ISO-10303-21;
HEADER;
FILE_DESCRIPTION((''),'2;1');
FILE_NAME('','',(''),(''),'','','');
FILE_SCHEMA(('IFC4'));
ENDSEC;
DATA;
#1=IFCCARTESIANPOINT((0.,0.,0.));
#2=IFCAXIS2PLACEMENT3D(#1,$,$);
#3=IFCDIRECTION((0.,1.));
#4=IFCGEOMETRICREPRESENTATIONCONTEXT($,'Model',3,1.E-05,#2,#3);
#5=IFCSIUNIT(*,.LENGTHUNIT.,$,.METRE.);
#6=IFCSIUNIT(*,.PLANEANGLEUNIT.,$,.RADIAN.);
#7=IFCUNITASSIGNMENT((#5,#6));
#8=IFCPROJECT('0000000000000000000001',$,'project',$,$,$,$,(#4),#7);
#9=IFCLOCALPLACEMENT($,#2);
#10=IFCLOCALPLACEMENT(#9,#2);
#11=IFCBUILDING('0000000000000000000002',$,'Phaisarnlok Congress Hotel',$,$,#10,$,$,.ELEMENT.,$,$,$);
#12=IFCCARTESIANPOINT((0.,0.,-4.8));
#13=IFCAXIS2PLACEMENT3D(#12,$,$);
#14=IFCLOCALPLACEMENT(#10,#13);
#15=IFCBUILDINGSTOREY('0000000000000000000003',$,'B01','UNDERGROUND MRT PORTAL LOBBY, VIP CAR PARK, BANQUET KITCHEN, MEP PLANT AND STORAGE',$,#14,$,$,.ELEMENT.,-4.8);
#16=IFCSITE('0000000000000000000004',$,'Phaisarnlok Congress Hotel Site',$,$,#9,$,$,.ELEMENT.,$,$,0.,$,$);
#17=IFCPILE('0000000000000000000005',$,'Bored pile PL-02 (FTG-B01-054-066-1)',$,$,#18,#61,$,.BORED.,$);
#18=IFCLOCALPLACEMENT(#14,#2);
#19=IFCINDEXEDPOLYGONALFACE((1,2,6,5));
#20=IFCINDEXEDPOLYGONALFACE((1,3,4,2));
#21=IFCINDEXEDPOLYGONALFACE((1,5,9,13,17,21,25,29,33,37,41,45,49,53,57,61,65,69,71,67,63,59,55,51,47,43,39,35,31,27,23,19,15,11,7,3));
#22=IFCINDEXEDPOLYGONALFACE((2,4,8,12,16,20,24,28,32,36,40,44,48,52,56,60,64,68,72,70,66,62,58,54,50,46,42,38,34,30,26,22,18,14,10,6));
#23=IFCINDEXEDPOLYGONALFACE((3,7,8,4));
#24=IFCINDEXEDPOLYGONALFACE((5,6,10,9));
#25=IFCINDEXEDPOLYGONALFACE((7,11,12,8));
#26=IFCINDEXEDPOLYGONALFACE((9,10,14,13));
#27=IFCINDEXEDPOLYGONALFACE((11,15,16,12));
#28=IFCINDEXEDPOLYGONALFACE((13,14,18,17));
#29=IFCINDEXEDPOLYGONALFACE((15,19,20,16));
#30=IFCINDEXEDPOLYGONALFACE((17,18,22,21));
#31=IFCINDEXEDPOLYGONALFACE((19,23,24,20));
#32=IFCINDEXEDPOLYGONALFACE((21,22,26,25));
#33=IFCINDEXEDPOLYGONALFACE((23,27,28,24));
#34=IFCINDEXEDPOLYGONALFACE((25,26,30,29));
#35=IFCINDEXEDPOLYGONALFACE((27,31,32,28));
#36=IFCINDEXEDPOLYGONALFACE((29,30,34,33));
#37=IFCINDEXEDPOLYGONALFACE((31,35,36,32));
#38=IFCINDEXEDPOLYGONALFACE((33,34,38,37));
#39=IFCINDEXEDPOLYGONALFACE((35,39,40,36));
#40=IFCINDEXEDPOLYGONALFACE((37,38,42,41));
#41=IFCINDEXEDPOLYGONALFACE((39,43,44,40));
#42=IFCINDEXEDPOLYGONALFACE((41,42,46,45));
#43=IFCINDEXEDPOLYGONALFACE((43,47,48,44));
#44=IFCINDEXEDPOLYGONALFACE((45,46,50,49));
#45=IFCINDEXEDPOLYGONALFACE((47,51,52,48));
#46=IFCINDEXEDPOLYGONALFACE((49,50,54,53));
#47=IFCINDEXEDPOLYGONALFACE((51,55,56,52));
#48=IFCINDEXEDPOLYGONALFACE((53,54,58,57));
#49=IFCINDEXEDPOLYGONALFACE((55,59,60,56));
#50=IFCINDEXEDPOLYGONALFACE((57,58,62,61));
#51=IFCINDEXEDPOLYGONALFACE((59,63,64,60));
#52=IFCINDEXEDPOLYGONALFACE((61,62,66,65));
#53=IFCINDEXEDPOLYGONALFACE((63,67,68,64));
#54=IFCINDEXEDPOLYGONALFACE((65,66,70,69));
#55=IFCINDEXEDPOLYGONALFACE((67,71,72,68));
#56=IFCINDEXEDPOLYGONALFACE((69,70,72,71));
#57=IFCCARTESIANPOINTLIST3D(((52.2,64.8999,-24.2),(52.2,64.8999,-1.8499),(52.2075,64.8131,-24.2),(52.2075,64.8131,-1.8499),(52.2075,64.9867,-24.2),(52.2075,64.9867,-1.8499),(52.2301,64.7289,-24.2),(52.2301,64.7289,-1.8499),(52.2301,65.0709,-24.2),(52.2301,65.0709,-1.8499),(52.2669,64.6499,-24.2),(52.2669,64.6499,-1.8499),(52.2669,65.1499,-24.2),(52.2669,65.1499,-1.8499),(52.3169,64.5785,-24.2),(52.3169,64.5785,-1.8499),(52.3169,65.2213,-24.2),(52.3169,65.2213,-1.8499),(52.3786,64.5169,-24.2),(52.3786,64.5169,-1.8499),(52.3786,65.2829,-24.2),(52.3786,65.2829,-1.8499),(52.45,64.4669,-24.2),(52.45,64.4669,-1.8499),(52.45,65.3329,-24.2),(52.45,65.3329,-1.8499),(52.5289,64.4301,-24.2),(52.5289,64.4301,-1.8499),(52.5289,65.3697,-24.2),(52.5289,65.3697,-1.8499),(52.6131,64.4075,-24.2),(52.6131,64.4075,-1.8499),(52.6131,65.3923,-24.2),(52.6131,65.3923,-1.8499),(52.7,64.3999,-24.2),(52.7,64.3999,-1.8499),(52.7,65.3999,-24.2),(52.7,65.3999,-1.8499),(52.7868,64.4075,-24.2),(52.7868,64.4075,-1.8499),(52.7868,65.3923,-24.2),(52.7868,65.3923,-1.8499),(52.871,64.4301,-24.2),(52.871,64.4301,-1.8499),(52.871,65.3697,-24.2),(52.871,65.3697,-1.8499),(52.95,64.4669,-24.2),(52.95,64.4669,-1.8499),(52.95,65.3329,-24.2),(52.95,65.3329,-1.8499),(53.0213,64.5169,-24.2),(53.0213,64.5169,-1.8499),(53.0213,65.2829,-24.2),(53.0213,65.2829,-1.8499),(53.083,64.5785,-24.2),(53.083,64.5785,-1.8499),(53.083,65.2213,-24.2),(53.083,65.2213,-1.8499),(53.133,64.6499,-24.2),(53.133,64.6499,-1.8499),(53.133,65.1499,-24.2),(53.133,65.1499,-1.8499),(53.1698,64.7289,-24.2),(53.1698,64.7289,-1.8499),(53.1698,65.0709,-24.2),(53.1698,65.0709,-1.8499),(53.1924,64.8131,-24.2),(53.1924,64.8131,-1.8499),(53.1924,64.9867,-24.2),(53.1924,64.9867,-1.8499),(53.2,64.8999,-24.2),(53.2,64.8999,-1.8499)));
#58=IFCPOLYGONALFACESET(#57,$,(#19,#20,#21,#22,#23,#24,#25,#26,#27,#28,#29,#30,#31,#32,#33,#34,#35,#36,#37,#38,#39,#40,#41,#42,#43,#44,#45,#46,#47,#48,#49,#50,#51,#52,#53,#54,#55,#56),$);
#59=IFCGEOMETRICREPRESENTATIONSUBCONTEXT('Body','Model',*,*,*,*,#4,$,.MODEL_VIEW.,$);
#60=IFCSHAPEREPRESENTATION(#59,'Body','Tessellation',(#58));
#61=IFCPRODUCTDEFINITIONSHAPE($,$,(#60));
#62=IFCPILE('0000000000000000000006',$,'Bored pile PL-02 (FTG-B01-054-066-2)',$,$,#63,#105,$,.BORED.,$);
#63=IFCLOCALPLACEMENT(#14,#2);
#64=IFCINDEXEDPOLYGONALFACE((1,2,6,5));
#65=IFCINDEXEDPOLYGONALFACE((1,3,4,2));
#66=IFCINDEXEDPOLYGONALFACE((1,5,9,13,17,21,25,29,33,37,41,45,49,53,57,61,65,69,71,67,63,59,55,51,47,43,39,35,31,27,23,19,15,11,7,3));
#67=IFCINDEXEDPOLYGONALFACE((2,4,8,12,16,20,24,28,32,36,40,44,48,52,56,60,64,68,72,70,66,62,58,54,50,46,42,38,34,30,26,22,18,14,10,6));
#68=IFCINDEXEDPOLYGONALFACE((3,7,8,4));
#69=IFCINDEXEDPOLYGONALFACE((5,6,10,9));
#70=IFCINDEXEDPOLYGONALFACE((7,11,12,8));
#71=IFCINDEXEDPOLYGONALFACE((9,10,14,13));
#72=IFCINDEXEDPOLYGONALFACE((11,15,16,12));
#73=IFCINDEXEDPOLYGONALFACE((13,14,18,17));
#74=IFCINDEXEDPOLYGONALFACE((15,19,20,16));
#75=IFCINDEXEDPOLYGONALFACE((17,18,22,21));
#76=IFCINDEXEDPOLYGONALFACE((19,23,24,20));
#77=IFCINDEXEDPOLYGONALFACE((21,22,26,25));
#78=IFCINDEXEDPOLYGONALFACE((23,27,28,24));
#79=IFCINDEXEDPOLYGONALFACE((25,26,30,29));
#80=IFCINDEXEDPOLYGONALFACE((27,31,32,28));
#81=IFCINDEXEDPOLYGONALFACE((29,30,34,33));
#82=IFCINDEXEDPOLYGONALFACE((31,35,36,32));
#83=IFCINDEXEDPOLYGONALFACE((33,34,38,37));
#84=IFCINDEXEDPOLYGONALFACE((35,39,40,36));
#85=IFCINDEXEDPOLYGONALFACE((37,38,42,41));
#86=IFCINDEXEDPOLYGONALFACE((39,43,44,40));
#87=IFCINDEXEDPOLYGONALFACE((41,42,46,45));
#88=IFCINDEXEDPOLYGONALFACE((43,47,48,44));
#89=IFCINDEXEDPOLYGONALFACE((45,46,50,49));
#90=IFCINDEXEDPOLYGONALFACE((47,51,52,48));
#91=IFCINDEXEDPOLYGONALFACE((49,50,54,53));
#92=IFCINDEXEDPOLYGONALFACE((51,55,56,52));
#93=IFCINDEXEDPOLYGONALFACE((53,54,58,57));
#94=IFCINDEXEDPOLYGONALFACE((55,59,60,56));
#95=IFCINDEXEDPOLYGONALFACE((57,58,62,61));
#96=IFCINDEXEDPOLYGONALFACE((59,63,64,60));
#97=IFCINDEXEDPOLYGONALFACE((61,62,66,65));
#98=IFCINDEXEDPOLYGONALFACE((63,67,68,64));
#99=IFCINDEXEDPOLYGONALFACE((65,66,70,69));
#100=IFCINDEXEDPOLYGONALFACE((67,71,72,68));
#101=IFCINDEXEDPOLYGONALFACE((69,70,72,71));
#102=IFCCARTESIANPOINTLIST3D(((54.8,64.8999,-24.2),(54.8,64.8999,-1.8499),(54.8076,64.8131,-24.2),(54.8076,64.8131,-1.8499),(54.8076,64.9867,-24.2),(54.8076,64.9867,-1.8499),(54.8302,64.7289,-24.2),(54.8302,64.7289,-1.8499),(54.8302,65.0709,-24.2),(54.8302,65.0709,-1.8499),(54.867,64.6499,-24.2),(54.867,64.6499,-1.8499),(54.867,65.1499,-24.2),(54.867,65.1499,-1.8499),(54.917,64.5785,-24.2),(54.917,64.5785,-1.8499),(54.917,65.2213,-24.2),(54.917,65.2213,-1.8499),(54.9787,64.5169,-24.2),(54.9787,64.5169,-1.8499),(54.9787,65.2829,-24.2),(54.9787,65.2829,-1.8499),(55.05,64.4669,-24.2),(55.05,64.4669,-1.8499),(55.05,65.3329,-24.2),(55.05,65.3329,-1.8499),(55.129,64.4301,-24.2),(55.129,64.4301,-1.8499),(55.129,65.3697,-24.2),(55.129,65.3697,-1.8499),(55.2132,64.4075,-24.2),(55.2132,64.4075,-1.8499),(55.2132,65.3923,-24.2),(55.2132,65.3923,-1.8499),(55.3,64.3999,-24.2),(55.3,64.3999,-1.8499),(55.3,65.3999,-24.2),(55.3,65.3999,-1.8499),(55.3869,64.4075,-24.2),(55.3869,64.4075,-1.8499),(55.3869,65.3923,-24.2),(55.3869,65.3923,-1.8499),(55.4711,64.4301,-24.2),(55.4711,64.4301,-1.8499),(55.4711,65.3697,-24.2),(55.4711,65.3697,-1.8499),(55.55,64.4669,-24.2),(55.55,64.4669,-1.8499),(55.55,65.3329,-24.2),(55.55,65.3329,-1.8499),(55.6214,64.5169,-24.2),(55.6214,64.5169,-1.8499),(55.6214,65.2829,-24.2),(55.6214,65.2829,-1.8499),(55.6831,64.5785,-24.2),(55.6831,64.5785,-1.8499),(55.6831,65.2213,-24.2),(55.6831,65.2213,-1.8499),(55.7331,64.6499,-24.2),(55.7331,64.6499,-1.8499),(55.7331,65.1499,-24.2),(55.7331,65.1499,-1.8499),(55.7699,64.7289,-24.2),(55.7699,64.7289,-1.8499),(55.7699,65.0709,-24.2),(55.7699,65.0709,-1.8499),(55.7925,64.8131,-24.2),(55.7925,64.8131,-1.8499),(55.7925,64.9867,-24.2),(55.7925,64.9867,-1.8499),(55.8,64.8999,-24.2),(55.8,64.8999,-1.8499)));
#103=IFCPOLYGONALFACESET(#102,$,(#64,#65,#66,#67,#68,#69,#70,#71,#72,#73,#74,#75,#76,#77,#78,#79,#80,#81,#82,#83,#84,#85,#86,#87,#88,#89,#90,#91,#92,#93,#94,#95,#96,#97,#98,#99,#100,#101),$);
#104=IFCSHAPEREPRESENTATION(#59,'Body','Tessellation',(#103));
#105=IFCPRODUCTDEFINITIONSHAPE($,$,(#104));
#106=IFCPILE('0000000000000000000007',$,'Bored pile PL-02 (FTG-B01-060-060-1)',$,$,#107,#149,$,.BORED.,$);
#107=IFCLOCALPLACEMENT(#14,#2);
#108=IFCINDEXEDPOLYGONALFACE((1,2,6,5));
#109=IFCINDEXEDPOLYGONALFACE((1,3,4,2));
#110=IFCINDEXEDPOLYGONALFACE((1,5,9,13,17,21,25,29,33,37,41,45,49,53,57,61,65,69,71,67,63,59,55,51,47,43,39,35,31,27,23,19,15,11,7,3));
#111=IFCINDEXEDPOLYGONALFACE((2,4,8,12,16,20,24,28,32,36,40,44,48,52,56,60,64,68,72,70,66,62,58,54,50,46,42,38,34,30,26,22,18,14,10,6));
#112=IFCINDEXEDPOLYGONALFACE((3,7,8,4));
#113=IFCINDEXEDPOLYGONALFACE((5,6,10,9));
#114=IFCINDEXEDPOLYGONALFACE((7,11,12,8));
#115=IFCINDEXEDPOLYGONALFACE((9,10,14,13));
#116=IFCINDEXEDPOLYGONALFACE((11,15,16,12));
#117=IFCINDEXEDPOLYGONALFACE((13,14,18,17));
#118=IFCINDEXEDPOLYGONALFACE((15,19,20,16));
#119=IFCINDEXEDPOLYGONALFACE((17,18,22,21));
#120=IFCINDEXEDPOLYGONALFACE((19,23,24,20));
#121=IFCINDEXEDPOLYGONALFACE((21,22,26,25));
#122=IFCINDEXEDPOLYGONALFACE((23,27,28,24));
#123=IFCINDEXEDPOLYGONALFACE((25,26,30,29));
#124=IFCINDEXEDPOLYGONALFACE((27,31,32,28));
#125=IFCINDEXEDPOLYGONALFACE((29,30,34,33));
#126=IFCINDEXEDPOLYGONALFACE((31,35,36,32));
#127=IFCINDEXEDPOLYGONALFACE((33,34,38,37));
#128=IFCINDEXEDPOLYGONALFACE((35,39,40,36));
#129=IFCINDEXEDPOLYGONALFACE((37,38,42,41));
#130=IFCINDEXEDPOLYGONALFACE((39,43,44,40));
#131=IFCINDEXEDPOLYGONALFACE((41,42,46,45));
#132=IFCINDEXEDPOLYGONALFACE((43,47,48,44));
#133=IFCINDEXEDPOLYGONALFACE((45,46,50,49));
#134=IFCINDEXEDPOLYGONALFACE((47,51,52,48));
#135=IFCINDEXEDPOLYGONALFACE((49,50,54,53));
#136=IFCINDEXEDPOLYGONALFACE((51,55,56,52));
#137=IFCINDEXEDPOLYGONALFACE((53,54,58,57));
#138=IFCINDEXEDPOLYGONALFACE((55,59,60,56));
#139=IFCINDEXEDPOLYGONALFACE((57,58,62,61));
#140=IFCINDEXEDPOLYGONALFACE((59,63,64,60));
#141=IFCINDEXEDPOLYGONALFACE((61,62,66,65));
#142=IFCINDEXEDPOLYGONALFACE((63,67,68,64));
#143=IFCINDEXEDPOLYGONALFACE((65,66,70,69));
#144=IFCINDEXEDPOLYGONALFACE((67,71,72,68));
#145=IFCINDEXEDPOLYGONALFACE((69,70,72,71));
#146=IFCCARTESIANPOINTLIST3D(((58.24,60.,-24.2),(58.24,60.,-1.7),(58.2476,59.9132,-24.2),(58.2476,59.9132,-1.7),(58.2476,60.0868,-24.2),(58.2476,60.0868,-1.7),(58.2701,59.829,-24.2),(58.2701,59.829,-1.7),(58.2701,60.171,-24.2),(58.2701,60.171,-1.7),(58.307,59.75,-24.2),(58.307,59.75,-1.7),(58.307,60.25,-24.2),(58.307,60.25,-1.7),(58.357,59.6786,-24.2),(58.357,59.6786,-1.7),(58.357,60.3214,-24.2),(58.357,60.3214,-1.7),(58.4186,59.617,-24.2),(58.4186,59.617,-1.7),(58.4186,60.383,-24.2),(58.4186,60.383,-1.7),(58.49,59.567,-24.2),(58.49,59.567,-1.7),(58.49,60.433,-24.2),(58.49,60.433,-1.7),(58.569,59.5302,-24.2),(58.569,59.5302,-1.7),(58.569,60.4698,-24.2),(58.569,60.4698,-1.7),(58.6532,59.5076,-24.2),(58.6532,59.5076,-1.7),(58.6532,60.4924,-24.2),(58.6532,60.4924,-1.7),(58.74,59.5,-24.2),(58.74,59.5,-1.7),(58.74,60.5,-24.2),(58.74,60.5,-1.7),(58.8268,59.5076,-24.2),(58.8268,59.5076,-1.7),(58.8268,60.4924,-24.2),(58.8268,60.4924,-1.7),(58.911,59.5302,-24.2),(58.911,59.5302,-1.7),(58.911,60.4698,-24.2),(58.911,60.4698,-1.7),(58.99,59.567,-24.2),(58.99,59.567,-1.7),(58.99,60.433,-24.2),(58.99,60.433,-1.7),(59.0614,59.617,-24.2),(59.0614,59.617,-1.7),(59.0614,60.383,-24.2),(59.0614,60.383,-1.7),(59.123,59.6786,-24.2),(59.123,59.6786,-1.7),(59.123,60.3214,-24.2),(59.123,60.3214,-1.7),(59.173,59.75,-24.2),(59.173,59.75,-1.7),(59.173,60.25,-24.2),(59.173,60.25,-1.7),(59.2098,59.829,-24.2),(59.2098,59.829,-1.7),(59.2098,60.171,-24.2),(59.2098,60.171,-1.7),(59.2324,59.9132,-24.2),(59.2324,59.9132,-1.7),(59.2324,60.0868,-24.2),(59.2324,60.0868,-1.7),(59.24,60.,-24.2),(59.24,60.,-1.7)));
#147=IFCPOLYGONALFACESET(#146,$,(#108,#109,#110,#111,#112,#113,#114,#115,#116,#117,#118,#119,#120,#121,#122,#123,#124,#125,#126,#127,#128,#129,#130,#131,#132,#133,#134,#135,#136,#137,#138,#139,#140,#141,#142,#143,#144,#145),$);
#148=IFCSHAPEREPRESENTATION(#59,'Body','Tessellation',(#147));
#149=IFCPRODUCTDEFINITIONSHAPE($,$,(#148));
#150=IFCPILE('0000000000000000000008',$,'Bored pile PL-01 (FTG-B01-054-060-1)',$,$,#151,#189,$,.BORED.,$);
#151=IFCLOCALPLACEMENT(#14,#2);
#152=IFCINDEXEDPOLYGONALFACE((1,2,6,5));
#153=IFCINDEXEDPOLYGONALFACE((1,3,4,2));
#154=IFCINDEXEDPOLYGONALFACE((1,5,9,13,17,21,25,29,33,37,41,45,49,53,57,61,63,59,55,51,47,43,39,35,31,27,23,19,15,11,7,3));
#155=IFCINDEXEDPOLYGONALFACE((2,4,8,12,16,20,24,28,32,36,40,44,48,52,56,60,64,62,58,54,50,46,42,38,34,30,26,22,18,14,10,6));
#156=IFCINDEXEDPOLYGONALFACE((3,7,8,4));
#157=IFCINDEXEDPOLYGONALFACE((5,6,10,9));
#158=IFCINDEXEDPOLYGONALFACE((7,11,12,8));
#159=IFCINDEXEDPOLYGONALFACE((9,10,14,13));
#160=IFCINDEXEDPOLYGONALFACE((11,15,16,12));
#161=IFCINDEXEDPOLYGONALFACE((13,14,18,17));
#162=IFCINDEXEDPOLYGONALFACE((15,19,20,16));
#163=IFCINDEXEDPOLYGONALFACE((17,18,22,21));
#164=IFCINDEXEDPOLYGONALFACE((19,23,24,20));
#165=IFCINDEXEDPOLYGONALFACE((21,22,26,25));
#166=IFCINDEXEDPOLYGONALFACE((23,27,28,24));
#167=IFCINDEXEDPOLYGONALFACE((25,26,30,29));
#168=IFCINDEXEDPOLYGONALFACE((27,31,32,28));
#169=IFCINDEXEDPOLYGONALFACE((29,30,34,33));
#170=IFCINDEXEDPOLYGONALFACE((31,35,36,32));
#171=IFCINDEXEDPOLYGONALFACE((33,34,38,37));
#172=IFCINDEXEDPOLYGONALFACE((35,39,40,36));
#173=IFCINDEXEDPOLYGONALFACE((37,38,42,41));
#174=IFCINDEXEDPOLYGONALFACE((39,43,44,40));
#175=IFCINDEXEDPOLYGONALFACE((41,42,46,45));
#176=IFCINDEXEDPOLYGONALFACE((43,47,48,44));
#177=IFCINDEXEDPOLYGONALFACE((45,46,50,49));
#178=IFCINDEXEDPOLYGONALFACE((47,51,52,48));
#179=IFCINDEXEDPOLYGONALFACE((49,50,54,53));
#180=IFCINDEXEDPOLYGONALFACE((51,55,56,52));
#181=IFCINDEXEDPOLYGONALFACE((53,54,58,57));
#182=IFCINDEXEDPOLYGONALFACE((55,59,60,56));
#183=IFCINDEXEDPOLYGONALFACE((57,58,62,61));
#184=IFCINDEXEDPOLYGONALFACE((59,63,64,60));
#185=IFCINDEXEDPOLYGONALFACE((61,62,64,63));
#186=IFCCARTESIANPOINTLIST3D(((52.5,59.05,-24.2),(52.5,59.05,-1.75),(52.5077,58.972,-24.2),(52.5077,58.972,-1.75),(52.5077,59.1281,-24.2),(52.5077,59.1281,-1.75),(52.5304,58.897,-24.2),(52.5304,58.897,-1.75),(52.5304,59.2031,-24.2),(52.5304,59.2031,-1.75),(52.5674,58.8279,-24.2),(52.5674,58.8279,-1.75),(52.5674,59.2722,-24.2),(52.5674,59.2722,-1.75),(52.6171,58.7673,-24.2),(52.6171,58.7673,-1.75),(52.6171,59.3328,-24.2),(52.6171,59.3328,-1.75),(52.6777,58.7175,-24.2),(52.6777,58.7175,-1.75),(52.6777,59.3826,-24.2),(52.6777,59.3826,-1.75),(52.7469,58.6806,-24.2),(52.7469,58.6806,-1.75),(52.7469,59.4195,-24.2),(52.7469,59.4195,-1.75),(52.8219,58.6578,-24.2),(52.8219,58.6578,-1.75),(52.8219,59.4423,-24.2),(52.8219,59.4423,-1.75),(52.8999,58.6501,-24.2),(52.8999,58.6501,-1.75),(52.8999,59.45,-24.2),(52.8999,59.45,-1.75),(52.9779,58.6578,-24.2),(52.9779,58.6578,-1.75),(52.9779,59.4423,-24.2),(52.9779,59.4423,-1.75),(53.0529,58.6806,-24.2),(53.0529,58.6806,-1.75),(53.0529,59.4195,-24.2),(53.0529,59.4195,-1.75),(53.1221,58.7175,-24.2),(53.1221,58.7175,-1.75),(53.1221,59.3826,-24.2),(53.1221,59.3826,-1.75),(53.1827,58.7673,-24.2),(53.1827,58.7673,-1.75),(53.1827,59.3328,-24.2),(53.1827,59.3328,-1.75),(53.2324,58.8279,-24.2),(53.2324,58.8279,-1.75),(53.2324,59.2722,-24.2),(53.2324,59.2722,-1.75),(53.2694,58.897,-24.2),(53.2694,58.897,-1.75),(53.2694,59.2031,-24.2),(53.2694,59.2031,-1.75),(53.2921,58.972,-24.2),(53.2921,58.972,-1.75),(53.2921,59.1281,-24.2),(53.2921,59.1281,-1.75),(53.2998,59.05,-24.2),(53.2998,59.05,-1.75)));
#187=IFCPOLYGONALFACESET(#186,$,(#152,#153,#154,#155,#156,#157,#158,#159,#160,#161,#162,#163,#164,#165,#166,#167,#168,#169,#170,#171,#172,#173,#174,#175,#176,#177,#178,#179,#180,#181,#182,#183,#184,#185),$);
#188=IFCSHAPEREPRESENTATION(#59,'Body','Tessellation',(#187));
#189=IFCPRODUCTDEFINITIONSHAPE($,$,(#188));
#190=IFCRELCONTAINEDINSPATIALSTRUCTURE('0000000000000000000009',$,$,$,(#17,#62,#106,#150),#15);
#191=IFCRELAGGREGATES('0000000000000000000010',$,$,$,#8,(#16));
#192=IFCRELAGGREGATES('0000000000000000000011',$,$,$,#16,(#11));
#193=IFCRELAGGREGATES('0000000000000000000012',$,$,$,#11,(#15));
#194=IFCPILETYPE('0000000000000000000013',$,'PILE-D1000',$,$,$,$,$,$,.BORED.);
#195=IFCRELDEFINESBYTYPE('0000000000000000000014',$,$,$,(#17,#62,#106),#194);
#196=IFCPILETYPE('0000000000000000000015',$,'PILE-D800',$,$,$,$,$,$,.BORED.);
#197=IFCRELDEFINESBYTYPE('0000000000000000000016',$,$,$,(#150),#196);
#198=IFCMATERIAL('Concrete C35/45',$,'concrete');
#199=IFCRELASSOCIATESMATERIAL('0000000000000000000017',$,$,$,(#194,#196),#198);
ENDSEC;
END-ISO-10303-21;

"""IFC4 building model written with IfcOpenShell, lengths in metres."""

from ifc_helpers import new_model, si_unit, direction, frame, origin, origin_2d, place, context, subcontext, project, spatial, circle, extrude, material, material_profile, profile_set, type_object, element, save


model = new_model("IFC4")

# Units and contexts
model_context = context("Model", 3, precision=1e-05, world=origin(), true_north=direction((0.0, 1.0)))
body_context = subcontext(model_context, "Body", "Model", "MODEL_VIEW")
ifc_project = project(units=[si_unit("LENGTHUNIT", "METRE"), si_unit("PLANEANGLEUNIT", "RADIAN")], contexts=[model_context])

# Site, building, storey
site_placement = place(None, origin())
site = spatial("IfcSite", under=ifc_project, at=site_placement, Name="Phaisarnlok Congress Hotel Site", CompositionType="ELEMENT", RefElevation=0.0)
building_placement = place(site_placement, origin())
building = spatial("IfcBuilding", under=site, at=building_placement, Name="Phaisarnlok Congress Hotel", CompositionType="ELEMENT")
storey_placement = place(building_placement, frame((0.0, 0.0, -4.8)))
storey = spatial("IfcBuildingStorey", under=building, at=storey_placement, Name="B01", Description="UNDERGROUND MRT PORTAL LOBBY, VIP CAR PARK, BANQUET KITCHEN, MEP PLANT AND STORAGE", CompositionType="ELEMENT", Elevation=-4.8)

# Piles
ifc_material_1 = material(Name="Concrete C35/45", Category="concrete")
ifc_material_profile_1 = material_profile(ifc_material_1, circle(Radius=0.5, at=origin_2d()), Name="BORED PILE D1000")
ifc_profile_set_1 = profile_set([ifc_material_profile_1], Name="Concrete C35/45")
pile_type_1 = type_object("IfcPileType", Name="PILE-D1000", PredefinedType="BORED", material=ifc_profile_set_1)
for number, where, z_axis, x_axis, name in (
    (1, (52.7, 64.8999, -1.8499), (0.0, 0.0, -1.0), (1.0, 0.0, 0.0), "Bored pile PL-02 (FTG-B01-054-066-1)"),
    (2, (55.3, 64.8999, -1.8499), (0.0, 0.0, -1.0), (1.0, 0.0, 0.0), "Bored pile PL-02 (FTG-B01-054-066-2)"),
):
    element("IfcPile", number, at=place(storey_placement, frame(where, z_axis=z_axis, x_axis=x_axis)), inside=storey, type_object=pile_type_1, Name=name, PredefinedType="BORED", context=body_context, shape_type="SweptSolid", body=[
        extrude(circle(Radius=0.5, at=origin_2d()), origin(), (0.0, 0.0, 1.0), 22.3501),
    ])
pile_1_placement = place(storey_placement, frame((58.74, 60.0, -1.7), z_axis=(0.0, 0.0, -1.0), x_axis=(1.0, 0.0, 0.0)))
element("IfcPile", 3, at=pile_1_placement, inside=storey, type_object=pile_type_1, Name="Bored pile PL-02 (FTG-B01-060-060-1)", PredefinedType="BORED", context=body_context, shape_type="SweptSolid", body=[
    extrude(circle(Radius=0.5, at=origin_2d()), origin(), (0.0, 0.0, 1.0), 22.5),
])
ifc_material_profile_2 = material_profile(ifc_material_1, circle(Radius=0.3999, at=origin_2d()), Name="BORED PILE D800")
ifc_profile_set_2 = profile_set([ifc_material_profile_2], Name="Concrete C35/45")
pile_type_2 = type_object("IfcPileType", Name="PILE-D800", PredefinedType="BORED", material=ifc_profile_set_2)
for number, where, z_axis, x_axis, name in (
    (4, (52.8999, 59.05, -1.75), (0.0, 0.0, -1.0), (1.0, 0.0, 0.0), "Bored pile PL-01 (FTG-B01-054-060-1)"),
):
    element("IfcPile", number, at=place(storey_placement, frame(where, z_axis=z_axis, x_axis=x_axis)), inside=storey, type_object=pile_type_2, Name=name, PredefinedType="BORED", context=body_context, shape_type="SweptSolid", body=[
        extrude(circle(Radius=0.3999, at=origin_2d()), origin(), (0.0, 0.0, 1.0), 22.45),
    ])

save(model, "model.ifc")
